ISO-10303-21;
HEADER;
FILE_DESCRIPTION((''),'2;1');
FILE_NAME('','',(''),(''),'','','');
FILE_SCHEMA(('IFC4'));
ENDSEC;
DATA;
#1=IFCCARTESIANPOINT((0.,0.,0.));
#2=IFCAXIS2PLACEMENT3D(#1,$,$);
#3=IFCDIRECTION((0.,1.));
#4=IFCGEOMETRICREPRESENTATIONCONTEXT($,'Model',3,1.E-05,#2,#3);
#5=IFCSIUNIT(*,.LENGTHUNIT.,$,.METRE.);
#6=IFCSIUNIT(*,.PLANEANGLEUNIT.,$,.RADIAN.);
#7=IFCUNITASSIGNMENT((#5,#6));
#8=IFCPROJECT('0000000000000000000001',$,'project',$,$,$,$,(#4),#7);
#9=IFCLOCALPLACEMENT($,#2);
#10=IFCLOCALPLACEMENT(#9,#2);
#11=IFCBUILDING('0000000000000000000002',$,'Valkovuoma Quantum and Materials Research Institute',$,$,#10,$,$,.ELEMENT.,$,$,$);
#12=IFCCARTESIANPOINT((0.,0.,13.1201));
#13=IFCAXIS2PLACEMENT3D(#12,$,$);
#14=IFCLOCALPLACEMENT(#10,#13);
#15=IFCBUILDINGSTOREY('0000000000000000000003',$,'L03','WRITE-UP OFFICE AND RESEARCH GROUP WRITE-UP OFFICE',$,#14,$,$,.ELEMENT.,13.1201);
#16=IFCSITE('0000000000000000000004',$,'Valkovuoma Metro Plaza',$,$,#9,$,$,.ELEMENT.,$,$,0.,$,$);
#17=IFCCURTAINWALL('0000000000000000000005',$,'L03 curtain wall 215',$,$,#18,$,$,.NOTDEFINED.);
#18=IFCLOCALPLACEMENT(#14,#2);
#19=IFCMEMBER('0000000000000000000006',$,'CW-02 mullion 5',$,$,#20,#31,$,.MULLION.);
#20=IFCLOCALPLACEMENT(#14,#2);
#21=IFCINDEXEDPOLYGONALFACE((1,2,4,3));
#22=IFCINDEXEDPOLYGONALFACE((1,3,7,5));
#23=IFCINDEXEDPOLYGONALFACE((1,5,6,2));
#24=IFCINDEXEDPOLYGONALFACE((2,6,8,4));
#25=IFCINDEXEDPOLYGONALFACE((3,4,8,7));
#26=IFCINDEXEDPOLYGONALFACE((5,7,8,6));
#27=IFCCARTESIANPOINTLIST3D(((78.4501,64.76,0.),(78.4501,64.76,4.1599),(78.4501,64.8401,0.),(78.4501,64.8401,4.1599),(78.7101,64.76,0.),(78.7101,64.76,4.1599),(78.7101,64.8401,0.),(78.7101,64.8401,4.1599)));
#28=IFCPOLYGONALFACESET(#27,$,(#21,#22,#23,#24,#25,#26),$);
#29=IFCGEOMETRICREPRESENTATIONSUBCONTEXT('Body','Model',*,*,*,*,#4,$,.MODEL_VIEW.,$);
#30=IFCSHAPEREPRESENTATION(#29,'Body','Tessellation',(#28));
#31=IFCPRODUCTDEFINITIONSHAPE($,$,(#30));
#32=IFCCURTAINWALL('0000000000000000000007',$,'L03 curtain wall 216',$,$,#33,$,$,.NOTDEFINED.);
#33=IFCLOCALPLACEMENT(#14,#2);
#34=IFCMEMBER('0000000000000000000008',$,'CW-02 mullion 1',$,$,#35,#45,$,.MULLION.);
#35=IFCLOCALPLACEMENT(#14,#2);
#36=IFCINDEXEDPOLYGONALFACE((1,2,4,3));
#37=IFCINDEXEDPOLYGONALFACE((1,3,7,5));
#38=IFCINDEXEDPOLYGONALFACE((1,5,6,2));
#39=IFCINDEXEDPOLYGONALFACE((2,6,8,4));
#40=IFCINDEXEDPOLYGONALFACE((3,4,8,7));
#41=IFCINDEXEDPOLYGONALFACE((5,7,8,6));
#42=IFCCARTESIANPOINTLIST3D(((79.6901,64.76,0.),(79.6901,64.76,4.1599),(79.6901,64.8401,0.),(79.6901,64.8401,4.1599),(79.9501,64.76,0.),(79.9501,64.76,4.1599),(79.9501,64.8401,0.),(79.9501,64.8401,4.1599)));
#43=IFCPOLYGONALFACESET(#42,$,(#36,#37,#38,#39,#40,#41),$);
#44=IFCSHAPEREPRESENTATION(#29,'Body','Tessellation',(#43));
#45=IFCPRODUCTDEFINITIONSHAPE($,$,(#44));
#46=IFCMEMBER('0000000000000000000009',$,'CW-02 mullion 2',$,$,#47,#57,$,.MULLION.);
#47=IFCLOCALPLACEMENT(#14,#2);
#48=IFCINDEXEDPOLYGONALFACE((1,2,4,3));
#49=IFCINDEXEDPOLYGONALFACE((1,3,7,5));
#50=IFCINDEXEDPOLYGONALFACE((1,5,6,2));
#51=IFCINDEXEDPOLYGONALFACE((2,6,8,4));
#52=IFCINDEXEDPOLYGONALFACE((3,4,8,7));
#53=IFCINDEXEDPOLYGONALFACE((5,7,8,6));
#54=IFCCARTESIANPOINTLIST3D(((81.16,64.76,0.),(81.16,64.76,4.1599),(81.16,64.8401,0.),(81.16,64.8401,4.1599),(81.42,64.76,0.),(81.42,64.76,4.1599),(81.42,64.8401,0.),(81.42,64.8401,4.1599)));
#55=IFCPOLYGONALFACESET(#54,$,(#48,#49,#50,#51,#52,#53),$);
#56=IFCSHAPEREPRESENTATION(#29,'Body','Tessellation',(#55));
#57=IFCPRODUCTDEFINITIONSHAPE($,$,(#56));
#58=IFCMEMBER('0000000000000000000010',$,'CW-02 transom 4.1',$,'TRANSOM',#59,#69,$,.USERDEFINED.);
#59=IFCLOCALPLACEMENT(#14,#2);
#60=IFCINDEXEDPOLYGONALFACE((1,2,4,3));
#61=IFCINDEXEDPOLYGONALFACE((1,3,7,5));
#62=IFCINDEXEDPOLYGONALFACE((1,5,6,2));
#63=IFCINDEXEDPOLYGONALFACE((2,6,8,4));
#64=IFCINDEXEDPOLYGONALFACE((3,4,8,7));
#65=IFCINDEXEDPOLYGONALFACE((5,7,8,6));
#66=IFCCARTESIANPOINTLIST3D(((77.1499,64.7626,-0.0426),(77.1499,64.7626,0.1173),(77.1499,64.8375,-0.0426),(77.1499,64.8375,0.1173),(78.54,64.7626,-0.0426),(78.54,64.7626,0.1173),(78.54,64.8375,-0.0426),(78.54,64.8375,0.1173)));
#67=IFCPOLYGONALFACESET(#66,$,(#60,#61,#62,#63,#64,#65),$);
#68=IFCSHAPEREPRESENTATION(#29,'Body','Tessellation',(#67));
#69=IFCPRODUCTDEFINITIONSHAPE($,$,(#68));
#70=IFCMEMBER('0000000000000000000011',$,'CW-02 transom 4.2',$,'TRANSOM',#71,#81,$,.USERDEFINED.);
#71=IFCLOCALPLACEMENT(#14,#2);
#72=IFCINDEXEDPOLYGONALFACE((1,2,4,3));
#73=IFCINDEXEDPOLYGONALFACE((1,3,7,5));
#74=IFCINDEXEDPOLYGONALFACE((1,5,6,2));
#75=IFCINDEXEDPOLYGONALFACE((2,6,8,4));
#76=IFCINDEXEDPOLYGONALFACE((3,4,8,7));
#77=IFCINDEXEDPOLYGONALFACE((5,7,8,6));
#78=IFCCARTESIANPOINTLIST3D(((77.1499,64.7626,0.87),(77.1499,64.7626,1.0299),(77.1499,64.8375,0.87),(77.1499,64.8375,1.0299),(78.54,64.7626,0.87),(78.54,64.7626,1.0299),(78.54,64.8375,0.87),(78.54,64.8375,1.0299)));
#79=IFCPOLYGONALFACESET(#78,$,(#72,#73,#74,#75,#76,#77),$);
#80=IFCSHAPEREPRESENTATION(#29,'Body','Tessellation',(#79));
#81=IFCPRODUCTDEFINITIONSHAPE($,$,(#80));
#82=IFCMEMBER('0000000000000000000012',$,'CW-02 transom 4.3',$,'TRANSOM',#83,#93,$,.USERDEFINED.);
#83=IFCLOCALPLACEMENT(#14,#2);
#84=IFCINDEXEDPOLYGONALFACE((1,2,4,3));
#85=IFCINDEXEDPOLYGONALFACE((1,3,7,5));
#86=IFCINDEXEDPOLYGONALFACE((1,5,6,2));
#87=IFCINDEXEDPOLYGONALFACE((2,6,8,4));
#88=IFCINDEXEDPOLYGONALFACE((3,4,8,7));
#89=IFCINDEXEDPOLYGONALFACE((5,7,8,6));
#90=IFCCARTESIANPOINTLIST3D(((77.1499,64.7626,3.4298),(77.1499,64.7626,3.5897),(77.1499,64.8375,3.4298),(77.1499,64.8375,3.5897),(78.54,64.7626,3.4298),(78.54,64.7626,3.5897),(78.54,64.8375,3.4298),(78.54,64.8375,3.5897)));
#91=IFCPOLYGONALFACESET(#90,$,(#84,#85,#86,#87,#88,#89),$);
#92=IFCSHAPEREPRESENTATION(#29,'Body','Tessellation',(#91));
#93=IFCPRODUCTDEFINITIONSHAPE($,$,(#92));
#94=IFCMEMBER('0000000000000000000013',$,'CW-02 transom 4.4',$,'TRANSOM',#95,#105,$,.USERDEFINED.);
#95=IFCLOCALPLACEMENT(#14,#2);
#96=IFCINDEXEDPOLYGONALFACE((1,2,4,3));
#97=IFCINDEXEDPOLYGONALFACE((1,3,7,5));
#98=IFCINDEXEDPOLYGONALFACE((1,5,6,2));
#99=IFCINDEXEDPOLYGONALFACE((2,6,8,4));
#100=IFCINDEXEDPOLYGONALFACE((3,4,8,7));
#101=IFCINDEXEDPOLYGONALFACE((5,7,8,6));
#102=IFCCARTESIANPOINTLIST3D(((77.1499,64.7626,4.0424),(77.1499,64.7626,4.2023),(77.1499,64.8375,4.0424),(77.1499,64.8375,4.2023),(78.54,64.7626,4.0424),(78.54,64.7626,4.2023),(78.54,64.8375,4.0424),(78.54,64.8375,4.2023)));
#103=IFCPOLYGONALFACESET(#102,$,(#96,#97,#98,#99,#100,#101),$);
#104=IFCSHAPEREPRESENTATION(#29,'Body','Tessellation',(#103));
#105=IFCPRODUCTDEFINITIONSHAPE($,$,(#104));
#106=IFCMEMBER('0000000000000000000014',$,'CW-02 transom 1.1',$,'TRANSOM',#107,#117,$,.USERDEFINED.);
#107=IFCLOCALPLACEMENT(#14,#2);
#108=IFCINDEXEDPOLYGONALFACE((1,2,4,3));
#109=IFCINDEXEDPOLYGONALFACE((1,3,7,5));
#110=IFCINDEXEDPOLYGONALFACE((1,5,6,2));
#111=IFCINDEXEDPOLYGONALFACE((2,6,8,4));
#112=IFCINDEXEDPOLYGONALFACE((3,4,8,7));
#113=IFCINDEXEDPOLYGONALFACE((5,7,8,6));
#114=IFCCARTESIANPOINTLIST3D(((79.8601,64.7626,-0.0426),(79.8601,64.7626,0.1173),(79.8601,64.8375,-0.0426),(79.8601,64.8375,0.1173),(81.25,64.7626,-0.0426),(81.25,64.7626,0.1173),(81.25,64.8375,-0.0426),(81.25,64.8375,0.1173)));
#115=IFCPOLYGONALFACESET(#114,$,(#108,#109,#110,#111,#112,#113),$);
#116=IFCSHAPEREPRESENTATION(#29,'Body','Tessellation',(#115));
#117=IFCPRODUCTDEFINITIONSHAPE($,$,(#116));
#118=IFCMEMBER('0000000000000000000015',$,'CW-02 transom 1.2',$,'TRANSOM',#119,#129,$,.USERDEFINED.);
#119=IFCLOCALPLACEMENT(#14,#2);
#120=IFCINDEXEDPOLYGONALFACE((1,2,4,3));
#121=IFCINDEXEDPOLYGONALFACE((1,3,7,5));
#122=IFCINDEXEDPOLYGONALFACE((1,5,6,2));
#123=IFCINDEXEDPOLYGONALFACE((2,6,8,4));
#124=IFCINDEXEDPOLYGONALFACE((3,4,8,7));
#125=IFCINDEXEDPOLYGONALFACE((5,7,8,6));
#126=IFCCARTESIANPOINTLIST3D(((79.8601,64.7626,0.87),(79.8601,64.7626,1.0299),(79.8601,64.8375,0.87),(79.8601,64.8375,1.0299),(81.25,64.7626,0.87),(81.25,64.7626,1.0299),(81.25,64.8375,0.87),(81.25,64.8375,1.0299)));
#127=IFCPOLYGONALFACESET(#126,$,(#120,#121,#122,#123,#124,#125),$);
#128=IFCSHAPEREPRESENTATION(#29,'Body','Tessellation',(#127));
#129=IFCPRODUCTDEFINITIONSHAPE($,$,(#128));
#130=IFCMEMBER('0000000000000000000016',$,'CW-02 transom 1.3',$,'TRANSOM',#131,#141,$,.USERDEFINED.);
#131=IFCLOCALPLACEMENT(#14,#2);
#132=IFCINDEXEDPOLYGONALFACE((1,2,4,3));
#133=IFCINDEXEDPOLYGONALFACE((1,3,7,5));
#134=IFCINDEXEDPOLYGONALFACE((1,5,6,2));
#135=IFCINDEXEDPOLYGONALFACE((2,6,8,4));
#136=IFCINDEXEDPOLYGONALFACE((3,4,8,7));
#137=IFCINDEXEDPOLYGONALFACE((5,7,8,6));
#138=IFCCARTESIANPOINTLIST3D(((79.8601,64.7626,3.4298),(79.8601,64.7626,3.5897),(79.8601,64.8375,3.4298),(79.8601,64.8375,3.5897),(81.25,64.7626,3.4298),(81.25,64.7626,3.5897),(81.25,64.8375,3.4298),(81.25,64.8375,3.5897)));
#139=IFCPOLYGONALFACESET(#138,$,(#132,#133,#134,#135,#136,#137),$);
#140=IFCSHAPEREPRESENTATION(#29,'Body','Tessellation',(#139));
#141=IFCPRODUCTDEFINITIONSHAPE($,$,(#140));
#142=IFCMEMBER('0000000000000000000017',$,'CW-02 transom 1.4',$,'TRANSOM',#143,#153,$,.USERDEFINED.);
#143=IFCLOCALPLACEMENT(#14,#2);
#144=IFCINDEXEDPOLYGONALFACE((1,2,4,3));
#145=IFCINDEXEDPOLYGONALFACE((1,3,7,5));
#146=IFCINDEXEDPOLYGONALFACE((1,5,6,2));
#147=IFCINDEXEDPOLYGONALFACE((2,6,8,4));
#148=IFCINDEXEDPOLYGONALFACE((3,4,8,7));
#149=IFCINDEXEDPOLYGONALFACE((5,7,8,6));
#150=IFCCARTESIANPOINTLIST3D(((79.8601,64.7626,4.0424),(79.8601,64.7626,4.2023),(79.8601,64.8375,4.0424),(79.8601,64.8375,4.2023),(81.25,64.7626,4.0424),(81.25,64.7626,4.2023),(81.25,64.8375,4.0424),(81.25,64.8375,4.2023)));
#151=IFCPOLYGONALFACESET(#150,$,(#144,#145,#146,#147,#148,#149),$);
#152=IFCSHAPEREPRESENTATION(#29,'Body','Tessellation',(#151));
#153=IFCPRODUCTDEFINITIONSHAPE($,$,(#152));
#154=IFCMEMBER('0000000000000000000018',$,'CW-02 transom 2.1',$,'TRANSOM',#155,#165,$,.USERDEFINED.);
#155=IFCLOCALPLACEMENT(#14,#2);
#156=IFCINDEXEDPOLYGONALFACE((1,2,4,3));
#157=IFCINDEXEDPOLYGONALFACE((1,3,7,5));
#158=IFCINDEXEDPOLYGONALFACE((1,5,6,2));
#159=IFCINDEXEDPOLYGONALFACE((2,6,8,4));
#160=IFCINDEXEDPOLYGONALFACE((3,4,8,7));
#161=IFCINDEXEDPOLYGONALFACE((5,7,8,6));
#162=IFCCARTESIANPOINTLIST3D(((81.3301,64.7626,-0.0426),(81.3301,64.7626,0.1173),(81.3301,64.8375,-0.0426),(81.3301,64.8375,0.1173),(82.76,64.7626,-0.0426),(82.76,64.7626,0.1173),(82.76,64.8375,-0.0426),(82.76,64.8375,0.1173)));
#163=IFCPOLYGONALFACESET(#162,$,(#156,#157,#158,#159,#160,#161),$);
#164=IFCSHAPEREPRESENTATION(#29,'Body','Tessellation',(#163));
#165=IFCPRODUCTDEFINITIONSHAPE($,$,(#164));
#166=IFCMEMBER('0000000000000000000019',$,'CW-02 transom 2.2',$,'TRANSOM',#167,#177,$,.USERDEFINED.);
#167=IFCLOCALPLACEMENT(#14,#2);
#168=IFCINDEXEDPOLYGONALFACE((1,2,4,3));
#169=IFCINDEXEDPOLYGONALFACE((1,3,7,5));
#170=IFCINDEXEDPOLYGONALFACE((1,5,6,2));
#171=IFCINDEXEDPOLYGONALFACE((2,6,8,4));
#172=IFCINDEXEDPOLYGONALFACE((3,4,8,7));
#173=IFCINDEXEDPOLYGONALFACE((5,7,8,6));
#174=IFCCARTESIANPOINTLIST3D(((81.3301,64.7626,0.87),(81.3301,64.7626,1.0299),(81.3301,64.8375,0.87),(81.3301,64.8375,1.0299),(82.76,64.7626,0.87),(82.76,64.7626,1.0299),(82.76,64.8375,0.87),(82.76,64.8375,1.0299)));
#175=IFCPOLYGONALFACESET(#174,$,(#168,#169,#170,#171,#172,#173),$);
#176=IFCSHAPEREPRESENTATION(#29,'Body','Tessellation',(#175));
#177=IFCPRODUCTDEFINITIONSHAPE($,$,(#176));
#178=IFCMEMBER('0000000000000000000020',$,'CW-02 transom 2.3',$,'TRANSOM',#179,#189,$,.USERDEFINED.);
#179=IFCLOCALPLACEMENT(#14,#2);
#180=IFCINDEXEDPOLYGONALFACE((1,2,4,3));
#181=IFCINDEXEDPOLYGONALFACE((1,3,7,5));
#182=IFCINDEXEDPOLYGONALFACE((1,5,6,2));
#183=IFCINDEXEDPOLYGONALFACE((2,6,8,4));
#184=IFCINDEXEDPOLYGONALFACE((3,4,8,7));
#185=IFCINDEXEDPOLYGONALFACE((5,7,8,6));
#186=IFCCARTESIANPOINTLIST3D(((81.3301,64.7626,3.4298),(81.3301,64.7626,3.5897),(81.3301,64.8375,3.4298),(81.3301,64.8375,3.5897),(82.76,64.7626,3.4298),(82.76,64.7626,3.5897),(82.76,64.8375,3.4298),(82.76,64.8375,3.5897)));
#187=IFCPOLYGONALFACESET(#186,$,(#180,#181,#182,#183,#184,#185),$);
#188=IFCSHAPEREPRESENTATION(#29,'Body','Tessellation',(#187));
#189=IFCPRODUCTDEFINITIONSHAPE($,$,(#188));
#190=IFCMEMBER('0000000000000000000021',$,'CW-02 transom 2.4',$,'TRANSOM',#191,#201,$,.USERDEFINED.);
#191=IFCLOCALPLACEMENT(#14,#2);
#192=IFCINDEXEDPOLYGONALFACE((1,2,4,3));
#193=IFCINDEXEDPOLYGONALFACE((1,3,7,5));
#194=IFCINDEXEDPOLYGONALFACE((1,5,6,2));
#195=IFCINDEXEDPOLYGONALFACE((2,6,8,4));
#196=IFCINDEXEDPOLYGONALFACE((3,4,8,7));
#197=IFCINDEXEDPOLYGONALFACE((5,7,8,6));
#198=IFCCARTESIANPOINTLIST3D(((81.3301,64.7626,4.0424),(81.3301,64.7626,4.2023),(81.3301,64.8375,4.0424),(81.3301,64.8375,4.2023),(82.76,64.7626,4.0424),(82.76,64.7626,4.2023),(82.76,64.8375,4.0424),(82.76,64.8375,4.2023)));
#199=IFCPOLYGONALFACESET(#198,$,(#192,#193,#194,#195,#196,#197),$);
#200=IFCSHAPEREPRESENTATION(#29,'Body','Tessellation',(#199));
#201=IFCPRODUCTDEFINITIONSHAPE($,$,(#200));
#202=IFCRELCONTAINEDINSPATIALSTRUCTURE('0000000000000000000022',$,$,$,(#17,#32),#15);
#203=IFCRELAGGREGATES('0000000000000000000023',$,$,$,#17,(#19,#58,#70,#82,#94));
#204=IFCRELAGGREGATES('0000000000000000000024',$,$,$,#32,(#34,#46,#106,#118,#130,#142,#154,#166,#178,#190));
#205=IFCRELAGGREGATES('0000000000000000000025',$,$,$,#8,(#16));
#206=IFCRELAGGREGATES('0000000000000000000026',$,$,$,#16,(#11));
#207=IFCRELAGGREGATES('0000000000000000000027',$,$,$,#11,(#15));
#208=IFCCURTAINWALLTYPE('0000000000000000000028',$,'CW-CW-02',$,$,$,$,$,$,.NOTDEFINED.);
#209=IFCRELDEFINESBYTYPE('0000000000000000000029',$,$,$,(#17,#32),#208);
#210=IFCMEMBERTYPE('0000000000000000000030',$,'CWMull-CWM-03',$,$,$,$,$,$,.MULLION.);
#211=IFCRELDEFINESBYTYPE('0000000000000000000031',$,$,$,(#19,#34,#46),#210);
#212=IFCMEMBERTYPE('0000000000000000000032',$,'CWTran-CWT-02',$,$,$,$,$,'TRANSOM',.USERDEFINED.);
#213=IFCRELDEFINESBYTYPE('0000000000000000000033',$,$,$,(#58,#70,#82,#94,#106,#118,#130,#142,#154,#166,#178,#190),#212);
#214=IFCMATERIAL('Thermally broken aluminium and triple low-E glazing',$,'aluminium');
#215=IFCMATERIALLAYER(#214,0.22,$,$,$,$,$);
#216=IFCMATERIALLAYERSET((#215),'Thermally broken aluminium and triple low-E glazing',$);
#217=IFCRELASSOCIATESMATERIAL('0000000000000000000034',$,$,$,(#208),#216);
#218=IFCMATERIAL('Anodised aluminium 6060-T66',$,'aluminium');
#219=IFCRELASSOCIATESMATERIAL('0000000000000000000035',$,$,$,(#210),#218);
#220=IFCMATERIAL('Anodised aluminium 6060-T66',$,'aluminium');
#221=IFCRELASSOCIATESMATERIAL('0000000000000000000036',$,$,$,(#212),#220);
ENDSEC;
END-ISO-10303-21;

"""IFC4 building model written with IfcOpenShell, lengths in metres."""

from ifc_helpers import new_model, si_unit, direction, frame, origin, origin_2d, place, context, subcontext, project, spatial, rectangle, extrude, material, layer, layer_set, material_profile, profile_set, type_object, element, aggregate, save


model = new_model("IFC4")

# Units and contexts
model_context = context("Model", 3, precision=1e-05, world=origin(), true_north=direction((0.0, 1.0)))
body_context = subcontext(model_context, "Body", "Model", "MODEL_VIEW")
ifc_project = project(units=[si_unit("LENGTHUNIT", "METRE"), si_unit("PLANEANGLEUNIT", "RADIAN")], contexts=[model_context])

# Site, building, storey
site_placement = place(None, origin())
site = spatial("IfcSite", under=ifc_project, at=site_placement, Name="Valkovuoma Metro Plaza", CompositionType="ELEMENT", RefElevation=0.0)
building_placement = place(site_placement, origin())
building = spatial("IfcBuilding", under=site, at=building_placement, Name="Valkovuoma Quantum and Materials Research Institute", CompositionType="ELEMENT")
storey_placement = place(building_placement, frame((0.0, 0.0, 13.1201)))
storey = spatial("IfcBuildingStorey", under=building, at=storey_placement, Name="L03", Description="WRITE-UP OFFICE AND RESEARCH GROUP WRITE-UP OFFICE", CompositionType="ELEMENT", Elevation=13.1201)

# Curtain walls, members
ifc_material_1 = material(Name="Thermally broken aluminium and triple low-E glazing", Category="aluminium")
ifc_layer_1 = layer(ifc_material_1, 0.22)
ifc_layer_set_1 = layer_set([ifc_layer_1], Name="Thermally broken aluminium and triple low-E glazing")
curtain_wall_type = type_object("IfcCurtainWallType", Name="CW-CW-02", PredefinedType="NOTDEFINED", material=ifc_layer_set_1)
curtain_wall_1_placement = place(storey_placement, origin())
curtain_wall_1 = element("IfcCurtainWall", 1, at=curtain_wall_1_placement, inside=storey, type_object=curtain_wall_type, Name="L03 curtain wall 215", PredefinedType="NOTDEFINED")
ifc_material_2 = material(Name="Anodised aluminium 6060-T66", Category="aluminium")
ifc_material_profile_1 = material_profile(ifc_material_2, rectangle(XDim=0.0801, YDim=0.26, at=origin_2d()), Name="Anodised aluminium 6060-T66")
ifc_profile_set_1 = profile_set([ifc_material_profile_1], Name="Anodised aluminium 6060-T66")
member_type_1 = type_object("IfcMemberType", Name="CWMull-CWM-03", PredefinedType="MULLION", material=ifc_profile_set_1)
member_1_placement = place(storey_placement, frame((78.5801, 64.8, 0.0), z_axis=(0.0, 0.0, 1.0), x_axis=(0.0, 1.0, 0.0)))
member_1 = element("IfcMember", 2, at=member_1_placement, type_object=member_type_1, Name="CW-02 mullion 5", PredefinedType="MULLION", context=body_context, shape_type="SweptSolid", body=[
    extrude(rectangle(XDim=0.0801, YDim=0.26, at=origin_2d()), origin(), (0.0, 0.0, 1.0), 4.1599),
])
curtain_wall_2_placement = place(storey_placement, origin())
curtain_wall_2 = element("IfcCurtainWall", 3, at=curtain_wall_2_placement, inside=storey, type_object=curtain_wall_type, Name="L03 curtain wall 216", PredefinedType="NOTDEFINED")
member_2_placement = place(storey_placement, frame((79.8201, 64.8, 0.0), z_axis=(0.0, 0.0, 1.0), x_axis=(0.0, 1.0, 0.0)))
member_2 = element("IfcMember", 4, at=member_2_placement, type_object=member_type_1, Name="CW-02 mullion 1", PredefinedType="MULLION", context=body_context, shape_type="SweptSolid", body=[
    extrude(rectangle(XDim=0.0801, YDim=0.26, at=origin_2d()), origin(), (0.0, 0.0, 1.0), 4.1599),
])
member_3_placement = place(storey_placement, frame((81.29, 64.8, 0.0), z_axis=(0.0, 0.0, 1.0), x_axis=(0.0, 1.0, 0.0)))
member_3 = element("IfcMember", 5, at=member_3_placement, type_object=member_type_1, Name="CW-02 mullion 2", PredefinedType="MULLION", context=body_context, shape_type="SweptSolid", body=[
    extrude(rectangle(XDim=0.0801, YDim=0.26, at=origin_2d()), origin(), (0.0, 0.0, 1.0), 4.1599),
])

# Members
ifc_material_3 = material(Name="Anodised aluminium 6060-T66", Category="aluminium")
ifc_material_profile_2 = material_profile(ifc_material_3, rectangle(XDim=0.075, YDim=0.1599, at=origin_2d()), Name="Anodised aluminium 6060-T66")
ifc_profile_set_2 = profile_set([ifc_material_profile_2], Name="Anodised aluminium 6060-T66")
member_type_2 = type_object("IfcMemberType", Name="CWTran-CWT-02", ElementType="TRANSOM", PredefinedType="USERDEFINED", material=ifc_profile_set_2)
member_4_placement = place(storey_placement, frame((77.1499, 64.8, 0.0374), z_axis=(1.0, 0.0, 0.0), x_axis=(0.0, 1.0, 0.0)))
member_4 = element("IfcMember", 6, at=member_4_placement, type_object=member_type_2, Name="CW-02 transom 4.1", ObjectType="TRANSOM", PredefinedType="USERDEFINED", context=body_context, shape_type="SweptSolid", body=[
    extrude(rectangle(XDim=0.075, YDim=0.1599, at=origin_2d()), origin(), (0.0, 0.0, 1.0), 1.3901),
])
member_5_placement = place(storey_placement, frame((77.1499, 64.8, 0.95), z_axis=(1.0, 0.0, 0.0), x_axis=(0.0, 1.0, 0.0)))
member_5 = element("IfcMember", 7, at=member_5_placement, type_object=member_type_2, Name="CW-02 transom 4.2", ObjectType="TRANSOM", PredefinedType="USERDEFINED", context=body_context, shape_type="SweptSolid", body=[
    extrude(rectangle(XDim=0.075, YDim=0.1599, at=origin_2d()), origin(), (0.0, 0.0, 1.0), 1.3901),
])
member_6_placement = place(storey_placement, frame((77.1499, 64.8, 3.5098), z_axis=(1.0, 0.0, 0.0), x_axis=(0.0, 1.0, 0.0)))
member_6 = element("IfcMember", 8, at=member_6_placement, type_object=member_type_2, Name="CW-02 transom 4.3", ObjectType="TRANSOM", PredefinedType="USERDEFINED", context=body_context, shape_type="SweptSolid", body=[
    extrude(rectangle(XDim=0.075, YDim=0.1599, at=origin_2d()), origin(), (0.0, 0.0, 1.0), 1.3901),
])
member_7_placement = place(storey_placement, frame((77.1499, 64.8, 4.1223), z_axis=(1.0, 0.0, 0.0), x_axis=(0.0, 1.0, 0.0)))
member_7 = element("IfcMember", 9, at=member_7_placement, type_object=member_type_2, Name="CW-02 transom 4.4", ObjectType="TRANSOM", PredefinedType="USERDEFINED", context=body_context, shape_type="SweptSolid", body=[
    extrude(rectangle(XDim=0.075, YDim=0.1599, at=origin_2d()), origin(), (0.0, 0.0, 1.0), 1.3901),
])
member_8_placement = place(storey_placement, frame((79.8601, 64.8, 0.0374), z_axis=(1.0, 0.0, 0.0), x_axis=(0.0, 1.0, 0.0)))
member_8 = element("IfcMember", 10, at=member_8_placement, type_object=member_type_2, Name="CW-02 transom 1.1", ObjectType="TRANSOM", PredefinedType="USERDEFINED", context=body_context, shape_type="SweptSolid", body=[
    extrude(rectangle(XDim=0.075, YDim=0.1599, at=origin_2d()), origin(), (0.0, 0.0, 1.0), 1.3899),
])
member_9_placement = place(storey_placement, frame((79.8601, 64.8, 0.95), z_axis=(1.0, 0.0, 0.0), x_axis=(0.0, 1.0, 0.0)))
member_9 = element("IfcMember", 11, at=member_9_placement, type_object=member_type_2, Name="CW-02 transom 1.2", ObjectType="TRANSOM", PredefinedType="USERDEFINED", context=body_context, shape_type="SweptSolid", body=[
    extrude(rectangle(XDim=0.075, YDim=0.1599, at=origin_2d()), origin(), (0.0, 0.0, 1.0), 1.3899),
])
member_10_placement = place(storey_placement, frame((79.8601, 64.8, 3.5098), z_axis=(1.0, 0.0, 0.0), x_axis=(0.0, 1.0, 0.0)))
member_10 = element("IfcMember", 12, at=member_10_placement, type_object=member_type_2, Name="CW-02 transom 1.3", ObjectType="TRANSOM", PredefinedType="USERDEFINED", context=body_context, shape_type="SweptSolid", body=[
    extrude(rectangle(XDim=0.075, YDim=0.1599, at=origin_2d()), origin(), (0.0, 0.0, 1.0), 1.3899),
])
member_11_placement = place(storey_placement, frame((79.8601, 64.8, 4.1223), z_axis=(1.0, 0.0, 0.0), x_axis=(0.0, 1.0, 0.0)))
member_11 = element("IfcMember", 13, at=member_11_placement, type_object=member_type_2, Name="CW-02 transom 1.4", ObjectType="TRANSOM", PredefinedType="USERDEFINED", context=body_context, shape_type="SweptSolid", body=[
    extrude(rectangle(XDim=0.075, YDim=0.1599, at=origin_2d()), origin(), (0.0, 0.0, 1.0), 1.3899),
])
member_12_placement = place(storey_placement, frame((81.3301, 64.8, 0.0374), z_axis=(1.0, 0.0, 0.0), x_axis=(0.0, 1.0, 0.0)))
member_12 = element("IfcMember", 14, at=member_12_placement, type_object=member_type_2, Name="CW-02 transom 2.1", ObjectType="TRANSOM", PredefinedType="USERDEFINED", context=body_context, shape_type="SweptSolid", body=[
    extrude(rectangle(XDim=0.075, YDim=0.1599, at=origin_2d()), origin(), (0.0, 0.0, 1.0), 1.4299),
])
member_13_placement = place(storey_placement, frame((81.3301, 64.8, 0.95), z_axis=(1.0, 0.0, 0.0), x_axis=(0.0, 1.0, 0.0)))
member_13 = element("IfcMember", 15, at=member_13_placement, type_object=member_type_2, Name="CW-02 transom 2.2", ObjectType="TRANSOM", PredefinedType="USERDEFINED", context=body_context, shape_type="SweptSolid", body=[
    extrude(rectangle(XDim=0.075, YDim=0.1599, at=origin_2d()), origin(), (0.0, 0.0, 1.0), 1.4299),
])
member_14_placement = place(storey_placement, frame((81.3301, 64.8, 3.5098), z_axis=(1.0, 0.0, 0.0), x_axis=(0.0, 1.0, 0.0)))
member_14 = element("IfcMember", 16, at=member_14_placement, type_object=member_type_2, Name="CW-02 transom 2.3", ObjectType="TRANSOM", PredefinedType="USERDEFINED", context=body_context, shape_type="SweptSolid", body=[
    extrude(rectangle(XDim=0.075, YDim=0.1599, at=origin_2d()), origin(), (0.0, 0.0, 1.0), 1.4299),
])
member_15_placement = place(storey_placement, frame((81.3301, 64.8, 4.1223), z_axis=(1.0, 0.0, 0.0), x_axis=(0.0, 1.0, 0.0)))
member_15 = element("IfcMember", 17, at=member_15_placement, type_object=member_type_2, Name="CW-02 transom 2.4", ObjectType="TRANSOM", PredefinedType="USERDEFINED", context=body_context, shape_type="SweptSolid", body=[
    extrude(rectangle(XDim=0.075, YDim=0.1599, at=origin_2d()), origin(), (0.0, 0.0, 1.0), 1.4299),
])

aggregate(curtain_wall_1, [member_1, member_4, member_5, member_6, member_7])
aggregate(curtain_wall_2, [member_2, member_3, member_8, member_9, member_10, member_11, member_12, member_13, member_14, member_15])

save(model, "model.ifc")
